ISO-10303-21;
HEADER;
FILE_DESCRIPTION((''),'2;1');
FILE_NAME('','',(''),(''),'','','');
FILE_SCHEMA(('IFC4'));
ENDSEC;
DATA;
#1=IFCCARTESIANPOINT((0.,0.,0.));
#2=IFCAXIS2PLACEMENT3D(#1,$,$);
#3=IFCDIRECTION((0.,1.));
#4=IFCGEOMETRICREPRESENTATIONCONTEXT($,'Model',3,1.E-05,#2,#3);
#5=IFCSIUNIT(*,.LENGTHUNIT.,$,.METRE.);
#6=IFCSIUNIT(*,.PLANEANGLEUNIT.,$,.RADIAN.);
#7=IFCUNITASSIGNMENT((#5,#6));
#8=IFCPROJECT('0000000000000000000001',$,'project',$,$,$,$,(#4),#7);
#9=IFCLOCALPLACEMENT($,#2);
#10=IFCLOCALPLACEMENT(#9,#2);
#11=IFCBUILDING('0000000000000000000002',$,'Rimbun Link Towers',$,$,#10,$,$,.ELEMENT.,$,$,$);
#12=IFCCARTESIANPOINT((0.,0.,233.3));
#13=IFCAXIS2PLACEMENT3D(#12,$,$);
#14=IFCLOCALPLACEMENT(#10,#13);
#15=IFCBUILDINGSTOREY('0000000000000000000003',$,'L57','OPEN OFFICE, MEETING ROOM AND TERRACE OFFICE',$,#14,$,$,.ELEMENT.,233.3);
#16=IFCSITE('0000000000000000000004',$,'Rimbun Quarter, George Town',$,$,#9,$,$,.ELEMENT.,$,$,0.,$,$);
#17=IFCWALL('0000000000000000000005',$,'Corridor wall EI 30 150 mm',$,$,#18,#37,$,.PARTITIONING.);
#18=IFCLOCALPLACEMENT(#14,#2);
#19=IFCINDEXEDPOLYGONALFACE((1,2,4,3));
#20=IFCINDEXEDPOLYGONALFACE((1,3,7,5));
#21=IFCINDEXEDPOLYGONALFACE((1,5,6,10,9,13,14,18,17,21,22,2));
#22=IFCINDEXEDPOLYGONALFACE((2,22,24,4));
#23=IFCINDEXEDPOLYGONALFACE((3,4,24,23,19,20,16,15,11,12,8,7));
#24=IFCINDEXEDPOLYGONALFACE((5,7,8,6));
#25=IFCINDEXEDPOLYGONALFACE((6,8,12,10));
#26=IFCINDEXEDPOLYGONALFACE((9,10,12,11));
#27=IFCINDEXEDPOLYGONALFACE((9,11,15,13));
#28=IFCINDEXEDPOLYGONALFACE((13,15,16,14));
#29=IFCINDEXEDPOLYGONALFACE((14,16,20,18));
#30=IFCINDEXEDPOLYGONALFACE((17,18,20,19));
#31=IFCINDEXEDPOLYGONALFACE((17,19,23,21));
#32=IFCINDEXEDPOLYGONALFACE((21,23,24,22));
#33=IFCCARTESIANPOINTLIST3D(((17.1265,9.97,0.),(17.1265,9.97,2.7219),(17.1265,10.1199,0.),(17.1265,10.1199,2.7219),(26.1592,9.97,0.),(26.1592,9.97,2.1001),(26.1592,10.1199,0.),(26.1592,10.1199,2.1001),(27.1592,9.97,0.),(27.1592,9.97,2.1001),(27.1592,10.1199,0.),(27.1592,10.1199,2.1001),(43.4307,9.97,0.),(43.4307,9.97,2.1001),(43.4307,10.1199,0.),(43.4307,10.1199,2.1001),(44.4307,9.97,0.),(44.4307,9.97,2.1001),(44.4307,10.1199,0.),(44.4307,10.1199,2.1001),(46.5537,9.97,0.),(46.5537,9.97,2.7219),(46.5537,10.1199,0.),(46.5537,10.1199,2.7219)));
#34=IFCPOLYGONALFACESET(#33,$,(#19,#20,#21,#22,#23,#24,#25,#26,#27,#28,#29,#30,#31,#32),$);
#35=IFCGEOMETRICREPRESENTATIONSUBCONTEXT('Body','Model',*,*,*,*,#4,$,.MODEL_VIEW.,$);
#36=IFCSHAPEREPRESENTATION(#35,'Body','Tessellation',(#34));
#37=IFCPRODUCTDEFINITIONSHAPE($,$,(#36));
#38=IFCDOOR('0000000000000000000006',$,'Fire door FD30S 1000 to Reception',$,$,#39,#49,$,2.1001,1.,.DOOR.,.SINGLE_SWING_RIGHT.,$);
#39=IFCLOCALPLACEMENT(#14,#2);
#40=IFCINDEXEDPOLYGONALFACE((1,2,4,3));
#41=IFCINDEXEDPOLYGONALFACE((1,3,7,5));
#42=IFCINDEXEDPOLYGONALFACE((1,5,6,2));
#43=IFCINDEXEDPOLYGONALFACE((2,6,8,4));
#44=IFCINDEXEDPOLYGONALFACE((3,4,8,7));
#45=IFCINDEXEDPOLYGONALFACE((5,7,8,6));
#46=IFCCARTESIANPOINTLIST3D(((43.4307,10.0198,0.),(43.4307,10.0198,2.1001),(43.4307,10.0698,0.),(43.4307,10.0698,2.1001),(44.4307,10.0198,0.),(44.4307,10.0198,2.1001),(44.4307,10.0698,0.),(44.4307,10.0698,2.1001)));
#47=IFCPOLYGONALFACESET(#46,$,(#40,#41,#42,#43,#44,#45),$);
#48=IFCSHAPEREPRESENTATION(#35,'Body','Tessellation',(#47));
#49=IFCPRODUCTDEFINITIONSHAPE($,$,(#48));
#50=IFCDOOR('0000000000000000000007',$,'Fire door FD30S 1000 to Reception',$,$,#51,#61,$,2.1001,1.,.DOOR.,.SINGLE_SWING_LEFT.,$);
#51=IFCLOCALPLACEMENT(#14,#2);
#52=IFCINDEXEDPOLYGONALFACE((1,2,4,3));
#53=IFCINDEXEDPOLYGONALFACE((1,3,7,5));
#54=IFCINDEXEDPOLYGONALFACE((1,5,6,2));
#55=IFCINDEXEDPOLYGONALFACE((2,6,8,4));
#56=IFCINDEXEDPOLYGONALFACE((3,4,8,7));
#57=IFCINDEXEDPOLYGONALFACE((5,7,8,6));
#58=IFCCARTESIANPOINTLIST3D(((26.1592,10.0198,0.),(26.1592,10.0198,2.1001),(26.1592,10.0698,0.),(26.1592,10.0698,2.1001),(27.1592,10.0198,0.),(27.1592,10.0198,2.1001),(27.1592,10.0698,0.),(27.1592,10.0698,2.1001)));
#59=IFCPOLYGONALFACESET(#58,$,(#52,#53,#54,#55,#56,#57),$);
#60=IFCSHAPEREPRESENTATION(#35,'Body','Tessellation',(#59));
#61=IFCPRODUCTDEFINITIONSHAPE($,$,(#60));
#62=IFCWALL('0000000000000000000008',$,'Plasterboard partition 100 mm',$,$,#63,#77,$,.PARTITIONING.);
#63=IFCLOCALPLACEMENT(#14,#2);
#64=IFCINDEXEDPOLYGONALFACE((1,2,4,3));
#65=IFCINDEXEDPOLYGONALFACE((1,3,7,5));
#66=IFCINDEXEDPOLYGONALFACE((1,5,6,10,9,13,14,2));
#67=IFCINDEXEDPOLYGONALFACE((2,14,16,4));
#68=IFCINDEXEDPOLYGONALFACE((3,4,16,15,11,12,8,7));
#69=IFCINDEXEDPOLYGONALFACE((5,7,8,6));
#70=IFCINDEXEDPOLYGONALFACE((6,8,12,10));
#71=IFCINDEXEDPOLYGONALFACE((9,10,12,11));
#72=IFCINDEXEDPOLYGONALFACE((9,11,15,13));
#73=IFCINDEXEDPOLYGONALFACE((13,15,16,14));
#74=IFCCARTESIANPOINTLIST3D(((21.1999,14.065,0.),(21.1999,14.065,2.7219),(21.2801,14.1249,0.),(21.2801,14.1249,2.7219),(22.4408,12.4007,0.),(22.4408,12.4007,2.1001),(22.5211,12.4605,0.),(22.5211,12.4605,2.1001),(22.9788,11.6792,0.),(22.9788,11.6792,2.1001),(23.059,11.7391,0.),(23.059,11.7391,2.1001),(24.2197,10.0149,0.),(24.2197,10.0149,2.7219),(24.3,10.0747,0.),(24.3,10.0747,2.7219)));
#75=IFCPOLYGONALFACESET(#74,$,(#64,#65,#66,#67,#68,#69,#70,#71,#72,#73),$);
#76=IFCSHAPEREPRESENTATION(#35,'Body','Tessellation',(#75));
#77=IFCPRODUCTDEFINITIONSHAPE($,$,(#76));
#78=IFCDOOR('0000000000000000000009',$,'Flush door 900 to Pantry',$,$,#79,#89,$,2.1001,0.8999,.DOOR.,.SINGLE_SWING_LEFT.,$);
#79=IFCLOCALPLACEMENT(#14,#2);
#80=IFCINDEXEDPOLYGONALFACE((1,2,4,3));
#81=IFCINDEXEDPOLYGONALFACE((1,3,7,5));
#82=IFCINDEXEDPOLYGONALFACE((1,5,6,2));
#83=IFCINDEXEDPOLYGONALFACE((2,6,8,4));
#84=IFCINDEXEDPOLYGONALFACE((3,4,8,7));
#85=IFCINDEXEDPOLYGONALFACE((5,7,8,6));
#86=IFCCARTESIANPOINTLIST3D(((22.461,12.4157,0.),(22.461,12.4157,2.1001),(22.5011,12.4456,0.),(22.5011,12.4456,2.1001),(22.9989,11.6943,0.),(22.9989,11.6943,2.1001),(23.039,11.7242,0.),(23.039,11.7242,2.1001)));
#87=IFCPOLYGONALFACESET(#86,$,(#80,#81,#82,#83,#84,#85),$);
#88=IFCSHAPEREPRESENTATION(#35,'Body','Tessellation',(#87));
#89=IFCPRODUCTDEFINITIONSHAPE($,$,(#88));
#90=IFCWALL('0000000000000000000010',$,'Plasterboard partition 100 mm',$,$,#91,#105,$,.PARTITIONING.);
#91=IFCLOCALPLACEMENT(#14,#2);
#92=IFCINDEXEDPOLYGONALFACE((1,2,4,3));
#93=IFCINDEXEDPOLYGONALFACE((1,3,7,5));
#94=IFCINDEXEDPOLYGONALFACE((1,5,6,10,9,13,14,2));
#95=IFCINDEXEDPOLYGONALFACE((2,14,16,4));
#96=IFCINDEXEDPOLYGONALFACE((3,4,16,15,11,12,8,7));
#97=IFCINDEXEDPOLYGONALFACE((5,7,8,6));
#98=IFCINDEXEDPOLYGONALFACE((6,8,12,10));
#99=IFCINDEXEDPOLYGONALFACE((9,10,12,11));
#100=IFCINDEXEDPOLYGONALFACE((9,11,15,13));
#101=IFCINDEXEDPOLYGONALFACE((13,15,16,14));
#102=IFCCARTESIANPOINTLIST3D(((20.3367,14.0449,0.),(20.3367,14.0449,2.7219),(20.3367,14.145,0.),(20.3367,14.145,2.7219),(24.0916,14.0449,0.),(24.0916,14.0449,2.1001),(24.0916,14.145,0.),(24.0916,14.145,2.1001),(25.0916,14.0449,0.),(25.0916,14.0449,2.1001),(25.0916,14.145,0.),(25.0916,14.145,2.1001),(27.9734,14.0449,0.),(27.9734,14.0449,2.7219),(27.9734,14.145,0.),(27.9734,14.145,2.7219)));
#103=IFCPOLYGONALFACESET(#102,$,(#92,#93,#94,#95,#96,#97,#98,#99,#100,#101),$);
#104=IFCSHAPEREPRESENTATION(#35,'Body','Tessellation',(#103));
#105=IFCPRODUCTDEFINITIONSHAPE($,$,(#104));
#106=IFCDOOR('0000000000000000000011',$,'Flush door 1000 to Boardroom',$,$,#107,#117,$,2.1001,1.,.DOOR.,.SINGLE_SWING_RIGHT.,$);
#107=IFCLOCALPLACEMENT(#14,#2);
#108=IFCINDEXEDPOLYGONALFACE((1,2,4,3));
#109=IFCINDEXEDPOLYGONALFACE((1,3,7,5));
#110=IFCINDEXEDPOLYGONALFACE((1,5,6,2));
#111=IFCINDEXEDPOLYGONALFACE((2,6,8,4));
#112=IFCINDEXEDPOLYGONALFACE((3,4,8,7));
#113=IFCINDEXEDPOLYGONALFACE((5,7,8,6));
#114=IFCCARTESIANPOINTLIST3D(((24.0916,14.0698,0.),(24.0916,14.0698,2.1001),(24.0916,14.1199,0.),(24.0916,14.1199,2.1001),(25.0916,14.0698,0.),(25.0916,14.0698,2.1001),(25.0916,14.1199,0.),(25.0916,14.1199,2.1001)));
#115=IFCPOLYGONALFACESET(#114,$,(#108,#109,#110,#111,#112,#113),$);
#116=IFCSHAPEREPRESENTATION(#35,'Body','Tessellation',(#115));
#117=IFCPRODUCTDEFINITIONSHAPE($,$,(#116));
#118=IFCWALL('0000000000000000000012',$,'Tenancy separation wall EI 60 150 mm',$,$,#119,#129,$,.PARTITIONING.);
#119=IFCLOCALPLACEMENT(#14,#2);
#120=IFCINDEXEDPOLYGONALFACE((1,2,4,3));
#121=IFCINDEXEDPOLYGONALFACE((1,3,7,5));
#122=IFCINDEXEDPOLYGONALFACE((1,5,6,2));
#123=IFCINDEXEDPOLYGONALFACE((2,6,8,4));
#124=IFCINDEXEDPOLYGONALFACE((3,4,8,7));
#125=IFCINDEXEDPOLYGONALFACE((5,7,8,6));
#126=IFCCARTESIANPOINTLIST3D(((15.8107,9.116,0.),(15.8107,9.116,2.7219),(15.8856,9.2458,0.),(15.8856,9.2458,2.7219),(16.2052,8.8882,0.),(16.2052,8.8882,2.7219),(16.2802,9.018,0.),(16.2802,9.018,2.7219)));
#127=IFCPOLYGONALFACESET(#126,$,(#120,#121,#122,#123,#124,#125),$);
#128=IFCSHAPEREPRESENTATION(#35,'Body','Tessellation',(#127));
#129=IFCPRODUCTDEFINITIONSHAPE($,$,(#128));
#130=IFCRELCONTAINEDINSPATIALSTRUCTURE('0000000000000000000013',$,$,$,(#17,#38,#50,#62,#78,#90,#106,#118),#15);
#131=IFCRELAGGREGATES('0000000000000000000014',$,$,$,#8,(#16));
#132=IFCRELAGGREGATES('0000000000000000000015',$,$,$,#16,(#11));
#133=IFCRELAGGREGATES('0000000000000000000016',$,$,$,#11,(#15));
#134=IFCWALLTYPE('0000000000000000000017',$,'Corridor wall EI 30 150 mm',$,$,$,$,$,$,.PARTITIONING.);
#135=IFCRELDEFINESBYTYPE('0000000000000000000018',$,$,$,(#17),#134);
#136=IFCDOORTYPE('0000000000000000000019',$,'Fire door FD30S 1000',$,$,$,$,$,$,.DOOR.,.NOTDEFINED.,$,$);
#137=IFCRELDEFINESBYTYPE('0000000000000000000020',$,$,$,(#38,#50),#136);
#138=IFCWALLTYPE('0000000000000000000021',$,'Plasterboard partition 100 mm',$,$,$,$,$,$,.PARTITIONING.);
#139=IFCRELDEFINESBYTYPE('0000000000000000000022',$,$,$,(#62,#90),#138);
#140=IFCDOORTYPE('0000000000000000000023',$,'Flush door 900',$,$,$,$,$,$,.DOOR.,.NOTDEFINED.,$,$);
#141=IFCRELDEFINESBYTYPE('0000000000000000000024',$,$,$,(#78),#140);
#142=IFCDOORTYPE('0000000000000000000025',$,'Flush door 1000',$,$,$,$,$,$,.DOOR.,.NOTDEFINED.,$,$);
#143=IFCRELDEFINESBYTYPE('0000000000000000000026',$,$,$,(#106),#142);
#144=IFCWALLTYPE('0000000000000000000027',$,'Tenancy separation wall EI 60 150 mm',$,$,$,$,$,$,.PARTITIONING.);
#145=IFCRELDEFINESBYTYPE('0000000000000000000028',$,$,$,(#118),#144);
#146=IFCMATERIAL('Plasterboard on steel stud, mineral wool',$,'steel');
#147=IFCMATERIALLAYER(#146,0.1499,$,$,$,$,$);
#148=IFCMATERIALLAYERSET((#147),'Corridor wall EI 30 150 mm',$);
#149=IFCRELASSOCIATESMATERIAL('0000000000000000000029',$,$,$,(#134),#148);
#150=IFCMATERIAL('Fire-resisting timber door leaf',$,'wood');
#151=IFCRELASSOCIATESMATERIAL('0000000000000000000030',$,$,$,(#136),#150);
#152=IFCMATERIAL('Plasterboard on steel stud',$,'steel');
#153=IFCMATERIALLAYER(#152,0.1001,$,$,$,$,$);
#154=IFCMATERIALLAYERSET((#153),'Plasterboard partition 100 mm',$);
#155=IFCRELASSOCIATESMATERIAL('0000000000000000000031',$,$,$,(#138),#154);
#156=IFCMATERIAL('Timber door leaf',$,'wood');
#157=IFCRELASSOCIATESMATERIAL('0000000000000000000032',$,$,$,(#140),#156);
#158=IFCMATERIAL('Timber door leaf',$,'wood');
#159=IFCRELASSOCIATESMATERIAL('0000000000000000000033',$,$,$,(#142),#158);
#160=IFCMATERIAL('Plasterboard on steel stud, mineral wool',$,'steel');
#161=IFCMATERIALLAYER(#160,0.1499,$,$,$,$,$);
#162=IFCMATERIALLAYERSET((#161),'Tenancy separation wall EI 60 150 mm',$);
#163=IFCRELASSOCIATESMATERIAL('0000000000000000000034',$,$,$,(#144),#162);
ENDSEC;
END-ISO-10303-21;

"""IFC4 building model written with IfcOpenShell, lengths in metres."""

from ifc_helpers import new_model, si_unit, direction, frame, frame_2d, origin, place, context, subcontext, project, spatial, rectangle, extrude, material, layer, layer_set, type_object, element, fill, save


model = new_model("IFC4")

# Units and contexts
model_context = context("Model", 3, precision=1e-05, world=origin(), true_north=direction((0.0, 1.0)))
body_context = subcontext(model_context, "Body", "Model", "MODEL_VIEW")
ifc_project = project(units=[si_unit("LENGTHUNIT", "METRE"), si_unit("PLANEANGLEUNIT", "RADIAN")], contexts=[model_context])

# Site, building, storey
site_placement = place(None, origin())
site = spatial("IfcSite", under=ifc_project, at=site_placement, Name="Rimbun Quarter, George Town", CompositionType="ELEMENT", RefElevation=0.0)
building_placement = place(site_placement, origin())
building = spatial("IfcBuilding", under=site, at=building_placement, Name="Rimbun Link Towers", CompositionType="ELEMENT")
storey_placement = place(building_placement, frame((0.0, 0.0, 233.3)))
storey = spatial("IfcBuildingStorey", under=building, at=storey_placement, Name="L57", Description="OPEN OFFICE, MEETING ROOM AND TERRACE OFFICE", CompositionType="ELEMENT", Elevation=233.3)

# Shared definitions
ifc_material_1 = material(Name="Plasterboard on steel stud, mineral wool", Category="steel")
ifc_layer_1 = layer(ifc_material_1, 0.1499)
ifc_layer_set_1 = layer_set([ifc_layer_1], Name="Corridor wall EI 30 150 mm")
wall_type_1 = type_object("IfcWallType", Name="Corridor wall EI 30 150 mm", PredefinedType="PARTITIONING", material=ifc_layer_set_1)

# Wall, openings, doors
wall_1_placement = place(storey_placement, frame((17.1265, 10.0449, 0.0), z_axis=(0.0, 0.0, 1.0), x_axis=(1.0, 0.0, 0.0)))
wall_1 = element("IfcWall", 1, at=wall_1_placement, inside=storey, type_object=wall_type_1, Name="Corridor wall EI 30 150 mm", PredefinedType="PARTITIONING", context=body_context, shape_type="SweptSolid", body=[
    extrude(rectangle(XDim=29.4272, YDim=0.1499, at=frame_2d((14.7136, 0.0))), origin(), (0.0, 0.0, 1.0), 2.7219),
])
opening_1_placement = place(wall_1_placement, frame((26.3042, 0.0, 0.0)))
opening_1 = element("IfcOpeningElement", 2, at=opening_1_placement, cuts=wall_1, PredefinedType="OPENING", context=body_context, shape_type="SweptSolid", body=[
    extrude(rectangle(XDim=1.0, YDim=2.1001, at=frame_2d((0.5, 1.05))), frame((0.0, 0.085, 0.0), z_axis=(0.0, -1.0, 0.0), x_axis=(1.0, 0.0, 0.0)), (0.0, 0.0, 1.0), 0.1699),
])
opening_2_placement = place(wall_1_placement, frame((9.0327, 0.0, 0.0)))
opening_2 = element("IfcOpeningElement", 3, at=opening_2_placement, cuts=wall_1, PredefinedType="OPENING", context=body_context, shape_type="SweptSolid", body=[
    extrude(rectangle(XDim=1.0, YDim=2.1001, at=frame_2d((0.5, 1.05))), frame((0.0, 0.085, 0.0), z_axis=(0.0, -1.0, 0.0), x_axis=(1.0, 0.0, 0.0)), (0.0, 0.0, 1.0), 0.1699),
])
ifc_material_2 = material(Name="Fire-resisting timber door leaf", Category="wood")
door_type_1 = type_object("IfcDoorType", Name="Fire door FD30S 1000", OperationType="NOTDEFINED", PredefinedType="DOOR", material=ifc_material_2)
door_1_placement = place(opening_1_placement, origin())
door_1 = element("IfcDoor", 4, at=door_1_placement, inside=storey, type_object=door_type_1, Name="Fire door FD30S 1000 to Reception", OperationType="SINGLE_SWING_RIGHT", OverallHeight=2.1001, OverallWidth=1.0, PredefinedType="DOOR", context=body_context, shape_type="SweptSolid", body=[
    extrude(rectangle(XDim=1.0, YDim=2.1001, at=frame_2d((0.5, 1.05))), frame((0.0, 0.0249, 0.0), z_axis=(0.0, -1.0, 0.0), x_axis=(1.0, 0.0, 0.0)), (0.0, 0.0, 1.0), 0.05),
])
fill(opening_1, door_1)
door_2_placement = place(opening_2_placement, origin())
door_2 = element("IfcDoor", 5, at=door_2_placement, inside=storey, type_object=door_type_1, Name="Fire door FD30S 1000 to Reception", OperationType="SINGLE_SWING_LEFT", OverallHeight=2.1001, OverallWidth=1.0, PredefinedType="DOOR", context=body_context, shape_type="SweptSolid", body=[
    extrude(rectangle(XDim=1.0, YDim=2.1001, at=frame_2d((0.5, 1.05))), frame((0.0, 0.0249, 0.0), z_axis=(0.0, -1.0, 0.0), x_axis=(1.0, 0.0, 0.0)), (0.0, 0.0, 1.0), 0.05),
])
fill(opening_2, door_2)

# Walls, openings, doors
ifc_material_3 = material(Name="Plasterboard on steel stud", Category="steel")
ifc_layer_2 = layer(ifc_material_3, 0.1001)
ifc_layer_set_2 = layer_set([ifc_layer_2], Name="Plasterboard partition 100 mm")
wall_type_2 = type_object("IfcWallType", Name="Plasterboard partition 100 mm", PredefinedType="PARTITIONING", material=ifc_layer_set_2)
wall_2_placement = place(storey_placement, frame((24.2598, 10.0449, 0.0), z_axis=(0.0, 0.0, 1.0), x_axis=(-0.597748, 0.801684, 0.0)))
wall_2 = element("IfcWall", 6, at=wall_2_placement, inside=storey, type_object=wall_type_2, Name="Plasterboard partition 100 mm", PredefinedType="PARTITIONING", context=body_context, shape_type="SweptSolid", body=[
    extrude(rectangle(XDim=5.052, YDim=0.1001, at=frame_2d((2.5259, 0.0))), origin(), (0.0, 0.0, 1.0), 2.7219),
])
opening_3_placement = place(wall_2_placement, frame((2.0759, 0.0, 0.0)))
opening_3 = element("IfcOpeningElement", 7, at=opening_3_placement, cuts=wall_2, PredefinedType="OPENING", context=body_context, shape_type="SweptSolid", body=[
    extrude(rectangle(XDim=0.8999, YDim=2.1001, at=frame_2d((0.45, 1.05))), frame((0.0, 0.0601, 0.0), z_axis=(0.0, -1.0, 0.0), x_axis=(1.0, 0.0, 0.0)), (0.0, 0.0, 1.0), 0.1201),
])
ifc_material_4 = material(Name="Timber door leaf", Category="wood")
door_type_2 = type_object("IfcDoorType", Name="Flush door 900", OperationType="NOTDEFINED", PredefinedType="DOOR", material=ifc_material_4)
door_3_placement = place(opening_3_placement, origin())
door_3 = element("IfcDoor", 8, at=door_3_placement, inside=storey, type_object=door_type_2, Name="Flush door 900 to Pantry", OperationType="SINGLE_SWING_LEFT", OverallHeight=2.1001, OverallWidth=0.8999, PredefinedType="DOOR", context=body_context, shape_type="SweptSolid", body=[
    extrude(rectangle(XDim=0.8999, YDim=2.1001, at=frame_2d((0.45, 1.05))), frame((0.0, 0.0249, 0.0), z_axis=(0.0, -1.0, 0.0), x_axis=(1.0, 0.0, 0.0)), (0.0, 0.0, 1.0), 0.05),
])
fill(opening_3, door_3)
wall_3_placement = place(storey_placement, frame((20.3367, 14.095, 0.0), z_axis=(0.0, 0.0, 1.0), x_axis=(1.0, 0.0, 0.0)))
wall_3 = element("IfcWall", 9, at=wall_3_placement, inside=storey, type_object=wall_type_2, Name="Plasterboard partition 100 mm", PredefinedType="PARTITIONING", context=body_context, shape_type="SweptSolid", body=[
    extrude(rectangle(XDim=7.6367, YDim=0.1001, at=frame_2d((3.8184, 0.0))), origin(), (0.0, 0.0, 1.0), 2.7219),
])
opening_4_placement = place(wall_3_placement, frame((3.7549, 0.0, 0.0)))
opening_4 = element("IfcOpeningElement", 10, at=opening_4_placement, cuts=wall_3, PredefinedType="OPENING", context=body_context, shape_type="SweptSolid", body=[
    extrude(rectangle(XDim=1.0, YDim=2.1001, at=frame_2d((0.5, 1.05))), frame((0.0, 0.0601, 0.0), z_axis=(0.0, -1.0, 0.0), x_axis=(1.0, 0.0, 0.0)), (0.0, 0.0, 1.0), 0.1201),
])
ifc_material_5 = material(Name="Timber door leaf", Category="wood")
door_type_3 = type_object("IfcDoorType", Name="Flush door 1000", OperationType="NOTDEFINED", PredefinedType="DOOR", material=ifc_material_5)
door_4_placement = place(opening_4_placement, origin())
door_4 = element("IfcDoor", 11, at=door_4_placement, inside=storey, type_object=door_type_3, Name="Flush door 1000 to Boardroom", OperationType="SINGLE_SWING_RIGHT", OverallHeight=2.1001, OverallWidth=1.0, PredefinedType="DOOR", context=body_context, shape_type="SweptSolid", body=[
    extrude(rectangle(XDim=1.0, YDim=2.1001, at=frame_2d((0.5, 1.05))), frame((0.0, 0.0249, 0.0), z_axis=(0.0, -1.0, 0.0), x_axis=(1.0, 0.0, 0.0)), (0.0, 0.0, 1.0), 0.05),
])
fill(opening_4, door_4)

# Wall
ifc_material_6 = material(Name="Plasterboard on steel stud, mineral wool", Category="steel")
ifc_layer_3 = layer(ifc_material_6, 0.1499)
ifc_layer_set_3 = layer_set([ifc_layer_3], Name="Tenancy separation wall EI 60 150 mm")
wall_type_3 = type_object("IfcWallType", Name="Tenancy separation wall EI 60 150 mm", PredefinedType="PARTITIONING", material=ifc_layer_set_3)
wall_4_placement = place(storey_placement, frame((16.2427, 8.9531, 0.0), z_axis=(0.0, 0.0, 1.0), x_axis=(-0.866025, 0.500001, 0.0)))
element("IfcWall", 12, at=wall_4_placement, inside=storey, type_object=wall_type_3, Name="Tenancy separation wall EI 60 150 mm", PredefinedType="PARTITIONING", context=body_context, shape_type="SweptSolid", body=[
    extrude(rectangle(XDim=0.4556, YDim=0.1499, at=frame_2d((0.2278, 0.0))), origin(), (0.0, 0.0, 1.0), 2.7219),
])

save(model, "model.ifc")
